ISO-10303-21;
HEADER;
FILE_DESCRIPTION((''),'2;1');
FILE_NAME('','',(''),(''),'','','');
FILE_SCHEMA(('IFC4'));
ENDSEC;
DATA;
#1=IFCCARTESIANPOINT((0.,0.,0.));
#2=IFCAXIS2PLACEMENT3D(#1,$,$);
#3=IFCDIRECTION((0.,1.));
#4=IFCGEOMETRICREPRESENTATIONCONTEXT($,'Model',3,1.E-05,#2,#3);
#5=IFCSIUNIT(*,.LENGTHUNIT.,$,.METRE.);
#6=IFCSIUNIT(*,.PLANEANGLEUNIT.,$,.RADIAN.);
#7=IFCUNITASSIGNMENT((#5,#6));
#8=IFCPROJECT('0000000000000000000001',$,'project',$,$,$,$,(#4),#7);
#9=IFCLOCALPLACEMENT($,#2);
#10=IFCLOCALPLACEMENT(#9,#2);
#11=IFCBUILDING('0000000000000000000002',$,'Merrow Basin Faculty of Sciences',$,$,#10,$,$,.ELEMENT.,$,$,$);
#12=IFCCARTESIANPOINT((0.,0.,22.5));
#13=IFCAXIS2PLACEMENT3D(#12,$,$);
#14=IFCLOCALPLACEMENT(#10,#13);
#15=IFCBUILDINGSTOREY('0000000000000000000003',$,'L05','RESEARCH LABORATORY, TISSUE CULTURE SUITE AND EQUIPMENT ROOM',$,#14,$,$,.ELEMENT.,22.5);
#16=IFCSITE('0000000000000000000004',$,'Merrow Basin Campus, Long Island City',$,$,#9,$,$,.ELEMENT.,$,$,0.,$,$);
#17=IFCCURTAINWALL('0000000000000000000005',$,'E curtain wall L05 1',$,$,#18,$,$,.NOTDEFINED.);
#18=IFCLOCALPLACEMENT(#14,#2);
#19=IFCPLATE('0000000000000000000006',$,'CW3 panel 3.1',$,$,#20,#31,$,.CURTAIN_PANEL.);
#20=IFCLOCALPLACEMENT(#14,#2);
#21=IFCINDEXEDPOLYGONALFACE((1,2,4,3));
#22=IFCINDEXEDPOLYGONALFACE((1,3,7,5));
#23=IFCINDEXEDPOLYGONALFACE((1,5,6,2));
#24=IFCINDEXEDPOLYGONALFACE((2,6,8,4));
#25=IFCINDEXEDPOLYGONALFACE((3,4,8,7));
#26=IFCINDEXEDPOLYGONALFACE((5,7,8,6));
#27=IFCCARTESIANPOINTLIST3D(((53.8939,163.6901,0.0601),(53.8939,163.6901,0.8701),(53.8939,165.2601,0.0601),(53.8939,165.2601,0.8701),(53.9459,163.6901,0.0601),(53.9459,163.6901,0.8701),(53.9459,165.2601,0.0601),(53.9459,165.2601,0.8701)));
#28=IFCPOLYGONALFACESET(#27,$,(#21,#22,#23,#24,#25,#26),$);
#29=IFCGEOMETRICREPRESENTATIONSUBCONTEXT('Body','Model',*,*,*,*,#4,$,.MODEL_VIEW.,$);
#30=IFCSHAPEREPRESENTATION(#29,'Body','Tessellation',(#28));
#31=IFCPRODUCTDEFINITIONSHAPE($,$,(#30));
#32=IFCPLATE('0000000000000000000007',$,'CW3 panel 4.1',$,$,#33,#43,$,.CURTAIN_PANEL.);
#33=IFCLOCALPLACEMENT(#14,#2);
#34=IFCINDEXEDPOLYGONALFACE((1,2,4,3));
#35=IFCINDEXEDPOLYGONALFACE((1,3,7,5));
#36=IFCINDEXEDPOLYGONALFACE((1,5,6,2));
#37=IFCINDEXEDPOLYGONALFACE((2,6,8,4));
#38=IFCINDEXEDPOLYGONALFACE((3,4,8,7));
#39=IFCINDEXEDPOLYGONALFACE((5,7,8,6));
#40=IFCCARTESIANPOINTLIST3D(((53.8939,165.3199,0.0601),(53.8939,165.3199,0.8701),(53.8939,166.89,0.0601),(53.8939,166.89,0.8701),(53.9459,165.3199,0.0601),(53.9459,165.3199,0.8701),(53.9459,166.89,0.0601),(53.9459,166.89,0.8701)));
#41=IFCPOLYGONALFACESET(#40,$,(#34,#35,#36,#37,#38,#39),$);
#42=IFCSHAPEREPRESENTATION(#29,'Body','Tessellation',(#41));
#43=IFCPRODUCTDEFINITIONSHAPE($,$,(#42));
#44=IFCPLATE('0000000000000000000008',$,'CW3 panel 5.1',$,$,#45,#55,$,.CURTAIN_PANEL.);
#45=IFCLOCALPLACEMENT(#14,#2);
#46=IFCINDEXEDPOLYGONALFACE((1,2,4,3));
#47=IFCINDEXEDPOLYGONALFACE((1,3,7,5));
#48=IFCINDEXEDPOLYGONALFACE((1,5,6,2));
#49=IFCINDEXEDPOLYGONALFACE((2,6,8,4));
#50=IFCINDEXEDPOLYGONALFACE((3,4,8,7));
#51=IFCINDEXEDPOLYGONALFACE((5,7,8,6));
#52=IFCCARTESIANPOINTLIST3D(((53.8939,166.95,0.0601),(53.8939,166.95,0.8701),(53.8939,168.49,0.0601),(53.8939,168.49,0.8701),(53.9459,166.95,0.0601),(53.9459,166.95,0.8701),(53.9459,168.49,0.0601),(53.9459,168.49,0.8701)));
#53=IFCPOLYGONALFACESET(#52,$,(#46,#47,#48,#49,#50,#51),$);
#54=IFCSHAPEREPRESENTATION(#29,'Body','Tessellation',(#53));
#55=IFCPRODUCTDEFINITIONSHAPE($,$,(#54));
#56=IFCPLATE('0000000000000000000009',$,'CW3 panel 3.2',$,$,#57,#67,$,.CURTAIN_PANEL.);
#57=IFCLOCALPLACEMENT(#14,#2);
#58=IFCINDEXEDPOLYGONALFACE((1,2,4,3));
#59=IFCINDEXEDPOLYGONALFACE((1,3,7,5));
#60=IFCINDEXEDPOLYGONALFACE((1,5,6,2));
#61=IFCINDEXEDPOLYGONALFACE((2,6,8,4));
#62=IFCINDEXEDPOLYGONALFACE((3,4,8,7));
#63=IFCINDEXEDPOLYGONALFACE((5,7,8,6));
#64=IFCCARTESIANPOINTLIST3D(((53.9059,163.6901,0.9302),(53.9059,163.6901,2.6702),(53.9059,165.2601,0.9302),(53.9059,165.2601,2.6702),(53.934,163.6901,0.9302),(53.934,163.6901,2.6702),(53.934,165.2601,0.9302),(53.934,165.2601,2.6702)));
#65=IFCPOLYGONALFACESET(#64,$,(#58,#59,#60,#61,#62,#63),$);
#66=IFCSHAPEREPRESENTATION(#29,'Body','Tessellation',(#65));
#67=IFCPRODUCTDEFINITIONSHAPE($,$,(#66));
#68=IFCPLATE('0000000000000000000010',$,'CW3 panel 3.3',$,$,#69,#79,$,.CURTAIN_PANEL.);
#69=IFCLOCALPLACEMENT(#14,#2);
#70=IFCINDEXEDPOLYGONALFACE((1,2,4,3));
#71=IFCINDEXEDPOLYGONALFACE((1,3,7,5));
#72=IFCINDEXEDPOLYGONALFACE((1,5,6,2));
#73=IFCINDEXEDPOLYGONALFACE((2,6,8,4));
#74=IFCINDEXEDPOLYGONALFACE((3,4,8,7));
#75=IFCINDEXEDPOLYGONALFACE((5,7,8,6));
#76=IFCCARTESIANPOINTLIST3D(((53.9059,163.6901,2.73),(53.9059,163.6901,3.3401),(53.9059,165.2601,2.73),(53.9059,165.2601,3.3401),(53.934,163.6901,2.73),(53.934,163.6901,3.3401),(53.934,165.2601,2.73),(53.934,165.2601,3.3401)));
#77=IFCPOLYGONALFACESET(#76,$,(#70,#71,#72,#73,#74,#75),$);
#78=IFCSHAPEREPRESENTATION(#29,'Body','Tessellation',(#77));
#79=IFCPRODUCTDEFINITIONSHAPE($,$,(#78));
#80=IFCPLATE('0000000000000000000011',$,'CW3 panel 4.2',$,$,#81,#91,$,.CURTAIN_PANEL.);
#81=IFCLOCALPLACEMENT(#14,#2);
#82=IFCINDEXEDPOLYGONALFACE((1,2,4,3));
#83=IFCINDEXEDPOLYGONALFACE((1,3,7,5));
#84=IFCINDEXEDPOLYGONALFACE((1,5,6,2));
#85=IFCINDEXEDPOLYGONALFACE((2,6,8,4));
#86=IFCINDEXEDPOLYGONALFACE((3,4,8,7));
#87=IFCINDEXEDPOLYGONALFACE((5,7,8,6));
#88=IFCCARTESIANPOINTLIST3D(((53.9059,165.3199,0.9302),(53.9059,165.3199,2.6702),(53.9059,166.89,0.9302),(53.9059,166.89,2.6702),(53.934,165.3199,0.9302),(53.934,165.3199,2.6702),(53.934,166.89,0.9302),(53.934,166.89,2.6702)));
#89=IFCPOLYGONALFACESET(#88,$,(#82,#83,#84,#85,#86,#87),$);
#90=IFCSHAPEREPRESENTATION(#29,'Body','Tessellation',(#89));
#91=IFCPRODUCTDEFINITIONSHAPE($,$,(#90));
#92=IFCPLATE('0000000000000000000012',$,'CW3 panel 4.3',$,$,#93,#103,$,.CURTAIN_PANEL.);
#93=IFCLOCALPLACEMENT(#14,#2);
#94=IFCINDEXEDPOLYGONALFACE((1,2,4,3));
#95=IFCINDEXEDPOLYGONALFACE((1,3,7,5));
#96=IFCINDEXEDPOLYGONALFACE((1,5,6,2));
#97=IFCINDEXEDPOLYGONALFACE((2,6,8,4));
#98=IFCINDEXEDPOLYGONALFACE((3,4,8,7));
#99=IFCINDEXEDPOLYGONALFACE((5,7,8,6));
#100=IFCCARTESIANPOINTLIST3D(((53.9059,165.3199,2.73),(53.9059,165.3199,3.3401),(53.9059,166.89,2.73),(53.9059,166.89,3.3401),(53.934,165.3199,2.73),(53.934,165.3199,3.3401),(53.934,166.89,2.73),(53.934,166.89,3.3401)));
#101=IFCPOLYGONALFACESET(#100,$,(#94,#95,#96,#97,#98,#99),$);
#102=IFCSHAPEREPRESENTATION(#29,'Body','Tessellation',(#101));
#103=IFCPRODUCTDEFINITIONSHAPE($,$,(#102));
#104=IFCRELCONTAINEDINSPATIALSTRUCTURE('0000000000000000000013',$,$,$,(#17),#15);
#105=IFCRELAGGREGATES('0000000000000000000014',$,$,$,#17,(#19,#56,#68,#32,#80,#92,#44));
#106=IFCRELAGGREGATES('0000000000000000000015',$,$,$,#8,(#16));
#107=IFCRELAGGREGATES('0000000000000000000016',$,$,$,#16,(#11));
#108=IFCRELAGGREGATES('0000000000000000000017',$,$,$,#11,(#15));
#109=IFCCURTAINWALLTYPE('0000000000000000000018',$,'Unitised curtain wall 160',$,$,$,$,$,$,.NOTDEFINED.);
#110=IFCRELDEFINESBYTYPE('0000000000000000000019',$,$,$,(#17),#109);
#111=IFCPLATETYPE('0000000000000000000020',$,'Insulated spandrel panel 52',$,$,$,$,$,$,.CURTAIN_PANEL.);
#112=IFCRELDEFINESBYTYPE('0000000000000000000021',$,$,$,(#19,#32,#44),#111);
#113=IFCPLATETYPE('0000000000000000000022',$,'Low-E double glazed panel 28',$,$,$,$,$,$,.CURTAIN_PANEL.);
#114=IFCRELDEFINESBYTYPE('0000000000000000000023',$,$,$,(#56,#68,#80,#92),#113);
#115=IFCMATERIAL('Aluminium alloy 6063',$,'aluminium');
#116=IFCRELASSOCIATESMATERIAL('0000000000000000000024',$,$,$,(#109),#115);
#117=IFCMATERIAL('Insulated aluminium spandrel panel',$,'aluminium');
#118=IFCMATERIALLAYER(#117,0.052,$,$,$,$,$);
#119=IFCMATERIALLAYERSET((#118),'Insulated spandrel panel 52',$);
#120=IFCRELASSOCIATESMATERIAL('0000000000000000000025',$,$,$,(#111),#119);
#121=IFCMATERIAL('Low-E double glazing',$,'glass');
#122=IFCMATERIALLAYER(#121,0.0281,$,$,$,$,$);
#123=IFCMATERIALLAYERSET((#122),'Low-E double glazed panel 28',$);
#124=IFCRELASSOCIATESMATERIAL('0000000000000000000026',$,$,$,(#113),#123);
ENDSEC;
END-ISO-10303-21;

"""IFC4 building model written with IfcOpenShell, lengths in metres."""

from ifc_helpers import new_model, si_unit, direction, frame, origin, origin_2d, place, context, subcontext, project, spatial, rectangle, extrude, material, layer, layer_set, type_object, element, aggregate, save


model = new_model("IFC4")

# Units and contexts
model_context = context("Model", 3, precision=1e-05, world=origin(), true_north=direction((0.0, 1.0)))
body_context = subcontext(model_context, "Body", "Model", "MODEL_VIEW")
ifc_project = project(units=[si_unit("LENGTHUNIT", "METRE"), si_unit("PLANEANGLEUNIT", "RADIAN")], contexts=[model_context])

# Site, building, storey
site_placement = place(None, origin())
site = spatial("IfcSite", under=ifc_project, at=site_placement, Name="Merrow Basin Campus, Long Island City", CompositionType="ELEMENT", RefElevation=0.0)
building_placement = place(site_placement, origin())
building = spatial("IfcBuilding", under=site, at=building_placement, Name="Merrow Basin Faculty of Sciences", CompositionType="ELEMENT")
storey_placement = place(building_placement, frame((0.0, 0.0, 22.5)))
storey = spatial("IfcBuildingStorey", under=building, at=storey_placement, Name="L05", Description="RESEARCH LABORATORY, TISSUE CULTURE SUITE AND EQUIPMENT ROOM", CompositionType="ELEMENT", Elevation=22.5)

# Curtain wall, plates
ifc_material_1 = material(Name="Aluminium alloy 6063", Category="aluminium")
curtain_wall_type = type_object("IfcCurtainWallType", Name="Unitised curtain wall 160", PredefinedType="NOTDEFINED", material=ifc_material_1)
curtain_wall_placement = place(storey_placement, origin())
curtain_wall = element("IfcCurtainWall", 1, at=curtain_wall_placement, inside=storey, type_object=curtain_wall_type, Name="E curtain wall L05 1", PredefinedType="NOTDEFINED")
ifc_material_2 = material(Name="Insulated aluminium spandrel panel", Category="aluminium")
ifc_layer_1 = layer(ifc_material_2, 0.052)
ifc_layer_set_1 = layer_set([ifc_layer_1], Name="Insulated spandrel panel 52")
plate_type_1 = type_object("IfcPlateType", Name="Insulated spandrel panel 52", PredefinedType="CURTAIN_PANEL", material=ifc_layer_set_1)
plate_1_placement = place(storey_placement, frame((53.9199, 164.4751, 0.0601), z_axis=(0.0, 0.0, 1.0), x_axis=(0.0, 1.0, 0.0)))
plate_1 = element("IfcPlate", 2, at=plate_1_placement, type_object=plate_type_1, Name="CW3 panel 3.1", PredefinedType="CURTAIN_PANEL", context=body_context, shape_type="SweptSolid", body=[
    extrude(rectangle(XDim=1.5701, YDim=0.052, at=origin_2d()), origin(), (0.0, 0.0, 1.0), 0.8101),
])
plate_2_placement = place(storey_placement, frame((53.9199, 166.105, 0.0601), z_axis=(0.0, 0.0, 1.0), x_axis=(0.0, 1.0, 0.0)))
plate_2 = element("IfcPlate", 3, at=plate_2_placement, type_object=plate_type_1, Name="CW3 panel 4.1", PredefinedType="CURTAIN_PANEL", context=body_context, shape_type="SweptSolid", body=[
    extrude(rectangle(XDim=1.5701, YDim=0.052, at=origin_2d()), origin(), (0.0, 0.0, 1.0), 0.8101),
])
plate_3_placement = place(storey_placement, frame((53.9199, 167.72, 0.0601), z_axis=(0.0, 0.0, 1.0), x_axis=(0.0, 1.0, 0.0)))
plate_3 = element("IfcPlate", 4, at=plate_3_placement, type_object=plate_type_1, Name="CW3 panel 5.1", PredefinedType="CURTAIN_PANEL", context=body_context, shape_type="SweptSolid", body=[
    extrude(rectangle(XDim=1.54, YDim=0.052, at=origin_2d()), origin(), (0.0, 0.0, 1.0), 0.8101),
])
ifc_material_3 = material(Name="Low-E double glazing", Category="glass")
ifc_layer_2 = layer(ifc_material_3, 0.0281)
ifc_layer_set_2 = layer_set([ifc_layer_2], Name="Low-E double glazed panel 28")
plate_type_2 = type_object("IfcPlateType", Name="Low-E double glazed panel 28", PredefinedType="CURTAIN_PANEL", material=ifc_layer_set_2)
plate_4_placement = place(storey_placement, frame((53.9199, 164.4751, 0.9302), z_axis=(0.0, 0.0, 1.0), x_axis=(0.0, 1.0, 0.0)))
plate_4 = element("IfcPlate", 5, at=plate_4_placement, type_object=plate_type_2, Name="CW3 panel 3.2", PredefinedType="CURTAIN_PANEL", context=body_context, shape_type="SweptSolid", body=[
    extrude(rectangle(XDim=1.5701, YDim=0.0281, at=origin_2d()), origin(), (0.0, 0.0, 1.0), 1.74),
])
plate_5_placement = place(storey_placement, frame((53.9199, 164.4751, 2.73), z_axis=(0.0, 0.0, 1.0), x_axis=(0.0, 1.0, 0.0)))
plate_5 = element("IfcPlate", 6, at=plate_5_placement, type_object=plate_type_2, Name="CW3 panel 3.3", PredefinedType="CURTAIN_PANEL", context=body_context, shape_type="SweptSolid", body=[
    extrude(rectangle(XDim=1.5701, YDim=0.0281, at=origin_2d()), origin(), (0.0, 0.0, 1.0), 0.6101),
])
plate_6_placement = place(storey_placement, frame((53.9199, 166.105, 0.9302), z_axis=(0.0, 0.0, 1.0), x_axis=(0.0, 1.0, 0.0)))
plate_6 = element("IfcPlate", 7, at=plate_6_placement, type_object=plate_type_2, Name="CW3 panel 4.2", PredefinedType="CURTAIN_PANEL", context=body_context, shape_type="SweptSolid", body=[
    extrude(rectangle(XDim=1.5701, YDim=0.0281, at=origin_2d()), origin(), (0.0, 0.0, 1.0), 1.74),
])
plate_7_placement = place(storey_placement, frame((53.9199, 166.105, 2.73), z_axis=(0.0, 0.0, 1.0), x_axis=(0.0, 1.0, 0.0)))
plate_7 = element("IfcPlate", 8, at=plate_7_placement, type_object=plate_type_2, Name="CW3 panel 4.3", PredefinedType="CURTAIN_PANEL", context=body_context, shape_type="SweptSolid", body=[
    extrude(rectangle(XDim=1.5701, YDim=0.0281, at=origin_2d()), origin(), (0.0, 0.0, 1.0), 0.6101),
])
aggregate(curtain_wall, [plate_1, plate_4, plate_5, plate_2, plate_6, plate_7, plate_3])

save(model, "model.ifc")
